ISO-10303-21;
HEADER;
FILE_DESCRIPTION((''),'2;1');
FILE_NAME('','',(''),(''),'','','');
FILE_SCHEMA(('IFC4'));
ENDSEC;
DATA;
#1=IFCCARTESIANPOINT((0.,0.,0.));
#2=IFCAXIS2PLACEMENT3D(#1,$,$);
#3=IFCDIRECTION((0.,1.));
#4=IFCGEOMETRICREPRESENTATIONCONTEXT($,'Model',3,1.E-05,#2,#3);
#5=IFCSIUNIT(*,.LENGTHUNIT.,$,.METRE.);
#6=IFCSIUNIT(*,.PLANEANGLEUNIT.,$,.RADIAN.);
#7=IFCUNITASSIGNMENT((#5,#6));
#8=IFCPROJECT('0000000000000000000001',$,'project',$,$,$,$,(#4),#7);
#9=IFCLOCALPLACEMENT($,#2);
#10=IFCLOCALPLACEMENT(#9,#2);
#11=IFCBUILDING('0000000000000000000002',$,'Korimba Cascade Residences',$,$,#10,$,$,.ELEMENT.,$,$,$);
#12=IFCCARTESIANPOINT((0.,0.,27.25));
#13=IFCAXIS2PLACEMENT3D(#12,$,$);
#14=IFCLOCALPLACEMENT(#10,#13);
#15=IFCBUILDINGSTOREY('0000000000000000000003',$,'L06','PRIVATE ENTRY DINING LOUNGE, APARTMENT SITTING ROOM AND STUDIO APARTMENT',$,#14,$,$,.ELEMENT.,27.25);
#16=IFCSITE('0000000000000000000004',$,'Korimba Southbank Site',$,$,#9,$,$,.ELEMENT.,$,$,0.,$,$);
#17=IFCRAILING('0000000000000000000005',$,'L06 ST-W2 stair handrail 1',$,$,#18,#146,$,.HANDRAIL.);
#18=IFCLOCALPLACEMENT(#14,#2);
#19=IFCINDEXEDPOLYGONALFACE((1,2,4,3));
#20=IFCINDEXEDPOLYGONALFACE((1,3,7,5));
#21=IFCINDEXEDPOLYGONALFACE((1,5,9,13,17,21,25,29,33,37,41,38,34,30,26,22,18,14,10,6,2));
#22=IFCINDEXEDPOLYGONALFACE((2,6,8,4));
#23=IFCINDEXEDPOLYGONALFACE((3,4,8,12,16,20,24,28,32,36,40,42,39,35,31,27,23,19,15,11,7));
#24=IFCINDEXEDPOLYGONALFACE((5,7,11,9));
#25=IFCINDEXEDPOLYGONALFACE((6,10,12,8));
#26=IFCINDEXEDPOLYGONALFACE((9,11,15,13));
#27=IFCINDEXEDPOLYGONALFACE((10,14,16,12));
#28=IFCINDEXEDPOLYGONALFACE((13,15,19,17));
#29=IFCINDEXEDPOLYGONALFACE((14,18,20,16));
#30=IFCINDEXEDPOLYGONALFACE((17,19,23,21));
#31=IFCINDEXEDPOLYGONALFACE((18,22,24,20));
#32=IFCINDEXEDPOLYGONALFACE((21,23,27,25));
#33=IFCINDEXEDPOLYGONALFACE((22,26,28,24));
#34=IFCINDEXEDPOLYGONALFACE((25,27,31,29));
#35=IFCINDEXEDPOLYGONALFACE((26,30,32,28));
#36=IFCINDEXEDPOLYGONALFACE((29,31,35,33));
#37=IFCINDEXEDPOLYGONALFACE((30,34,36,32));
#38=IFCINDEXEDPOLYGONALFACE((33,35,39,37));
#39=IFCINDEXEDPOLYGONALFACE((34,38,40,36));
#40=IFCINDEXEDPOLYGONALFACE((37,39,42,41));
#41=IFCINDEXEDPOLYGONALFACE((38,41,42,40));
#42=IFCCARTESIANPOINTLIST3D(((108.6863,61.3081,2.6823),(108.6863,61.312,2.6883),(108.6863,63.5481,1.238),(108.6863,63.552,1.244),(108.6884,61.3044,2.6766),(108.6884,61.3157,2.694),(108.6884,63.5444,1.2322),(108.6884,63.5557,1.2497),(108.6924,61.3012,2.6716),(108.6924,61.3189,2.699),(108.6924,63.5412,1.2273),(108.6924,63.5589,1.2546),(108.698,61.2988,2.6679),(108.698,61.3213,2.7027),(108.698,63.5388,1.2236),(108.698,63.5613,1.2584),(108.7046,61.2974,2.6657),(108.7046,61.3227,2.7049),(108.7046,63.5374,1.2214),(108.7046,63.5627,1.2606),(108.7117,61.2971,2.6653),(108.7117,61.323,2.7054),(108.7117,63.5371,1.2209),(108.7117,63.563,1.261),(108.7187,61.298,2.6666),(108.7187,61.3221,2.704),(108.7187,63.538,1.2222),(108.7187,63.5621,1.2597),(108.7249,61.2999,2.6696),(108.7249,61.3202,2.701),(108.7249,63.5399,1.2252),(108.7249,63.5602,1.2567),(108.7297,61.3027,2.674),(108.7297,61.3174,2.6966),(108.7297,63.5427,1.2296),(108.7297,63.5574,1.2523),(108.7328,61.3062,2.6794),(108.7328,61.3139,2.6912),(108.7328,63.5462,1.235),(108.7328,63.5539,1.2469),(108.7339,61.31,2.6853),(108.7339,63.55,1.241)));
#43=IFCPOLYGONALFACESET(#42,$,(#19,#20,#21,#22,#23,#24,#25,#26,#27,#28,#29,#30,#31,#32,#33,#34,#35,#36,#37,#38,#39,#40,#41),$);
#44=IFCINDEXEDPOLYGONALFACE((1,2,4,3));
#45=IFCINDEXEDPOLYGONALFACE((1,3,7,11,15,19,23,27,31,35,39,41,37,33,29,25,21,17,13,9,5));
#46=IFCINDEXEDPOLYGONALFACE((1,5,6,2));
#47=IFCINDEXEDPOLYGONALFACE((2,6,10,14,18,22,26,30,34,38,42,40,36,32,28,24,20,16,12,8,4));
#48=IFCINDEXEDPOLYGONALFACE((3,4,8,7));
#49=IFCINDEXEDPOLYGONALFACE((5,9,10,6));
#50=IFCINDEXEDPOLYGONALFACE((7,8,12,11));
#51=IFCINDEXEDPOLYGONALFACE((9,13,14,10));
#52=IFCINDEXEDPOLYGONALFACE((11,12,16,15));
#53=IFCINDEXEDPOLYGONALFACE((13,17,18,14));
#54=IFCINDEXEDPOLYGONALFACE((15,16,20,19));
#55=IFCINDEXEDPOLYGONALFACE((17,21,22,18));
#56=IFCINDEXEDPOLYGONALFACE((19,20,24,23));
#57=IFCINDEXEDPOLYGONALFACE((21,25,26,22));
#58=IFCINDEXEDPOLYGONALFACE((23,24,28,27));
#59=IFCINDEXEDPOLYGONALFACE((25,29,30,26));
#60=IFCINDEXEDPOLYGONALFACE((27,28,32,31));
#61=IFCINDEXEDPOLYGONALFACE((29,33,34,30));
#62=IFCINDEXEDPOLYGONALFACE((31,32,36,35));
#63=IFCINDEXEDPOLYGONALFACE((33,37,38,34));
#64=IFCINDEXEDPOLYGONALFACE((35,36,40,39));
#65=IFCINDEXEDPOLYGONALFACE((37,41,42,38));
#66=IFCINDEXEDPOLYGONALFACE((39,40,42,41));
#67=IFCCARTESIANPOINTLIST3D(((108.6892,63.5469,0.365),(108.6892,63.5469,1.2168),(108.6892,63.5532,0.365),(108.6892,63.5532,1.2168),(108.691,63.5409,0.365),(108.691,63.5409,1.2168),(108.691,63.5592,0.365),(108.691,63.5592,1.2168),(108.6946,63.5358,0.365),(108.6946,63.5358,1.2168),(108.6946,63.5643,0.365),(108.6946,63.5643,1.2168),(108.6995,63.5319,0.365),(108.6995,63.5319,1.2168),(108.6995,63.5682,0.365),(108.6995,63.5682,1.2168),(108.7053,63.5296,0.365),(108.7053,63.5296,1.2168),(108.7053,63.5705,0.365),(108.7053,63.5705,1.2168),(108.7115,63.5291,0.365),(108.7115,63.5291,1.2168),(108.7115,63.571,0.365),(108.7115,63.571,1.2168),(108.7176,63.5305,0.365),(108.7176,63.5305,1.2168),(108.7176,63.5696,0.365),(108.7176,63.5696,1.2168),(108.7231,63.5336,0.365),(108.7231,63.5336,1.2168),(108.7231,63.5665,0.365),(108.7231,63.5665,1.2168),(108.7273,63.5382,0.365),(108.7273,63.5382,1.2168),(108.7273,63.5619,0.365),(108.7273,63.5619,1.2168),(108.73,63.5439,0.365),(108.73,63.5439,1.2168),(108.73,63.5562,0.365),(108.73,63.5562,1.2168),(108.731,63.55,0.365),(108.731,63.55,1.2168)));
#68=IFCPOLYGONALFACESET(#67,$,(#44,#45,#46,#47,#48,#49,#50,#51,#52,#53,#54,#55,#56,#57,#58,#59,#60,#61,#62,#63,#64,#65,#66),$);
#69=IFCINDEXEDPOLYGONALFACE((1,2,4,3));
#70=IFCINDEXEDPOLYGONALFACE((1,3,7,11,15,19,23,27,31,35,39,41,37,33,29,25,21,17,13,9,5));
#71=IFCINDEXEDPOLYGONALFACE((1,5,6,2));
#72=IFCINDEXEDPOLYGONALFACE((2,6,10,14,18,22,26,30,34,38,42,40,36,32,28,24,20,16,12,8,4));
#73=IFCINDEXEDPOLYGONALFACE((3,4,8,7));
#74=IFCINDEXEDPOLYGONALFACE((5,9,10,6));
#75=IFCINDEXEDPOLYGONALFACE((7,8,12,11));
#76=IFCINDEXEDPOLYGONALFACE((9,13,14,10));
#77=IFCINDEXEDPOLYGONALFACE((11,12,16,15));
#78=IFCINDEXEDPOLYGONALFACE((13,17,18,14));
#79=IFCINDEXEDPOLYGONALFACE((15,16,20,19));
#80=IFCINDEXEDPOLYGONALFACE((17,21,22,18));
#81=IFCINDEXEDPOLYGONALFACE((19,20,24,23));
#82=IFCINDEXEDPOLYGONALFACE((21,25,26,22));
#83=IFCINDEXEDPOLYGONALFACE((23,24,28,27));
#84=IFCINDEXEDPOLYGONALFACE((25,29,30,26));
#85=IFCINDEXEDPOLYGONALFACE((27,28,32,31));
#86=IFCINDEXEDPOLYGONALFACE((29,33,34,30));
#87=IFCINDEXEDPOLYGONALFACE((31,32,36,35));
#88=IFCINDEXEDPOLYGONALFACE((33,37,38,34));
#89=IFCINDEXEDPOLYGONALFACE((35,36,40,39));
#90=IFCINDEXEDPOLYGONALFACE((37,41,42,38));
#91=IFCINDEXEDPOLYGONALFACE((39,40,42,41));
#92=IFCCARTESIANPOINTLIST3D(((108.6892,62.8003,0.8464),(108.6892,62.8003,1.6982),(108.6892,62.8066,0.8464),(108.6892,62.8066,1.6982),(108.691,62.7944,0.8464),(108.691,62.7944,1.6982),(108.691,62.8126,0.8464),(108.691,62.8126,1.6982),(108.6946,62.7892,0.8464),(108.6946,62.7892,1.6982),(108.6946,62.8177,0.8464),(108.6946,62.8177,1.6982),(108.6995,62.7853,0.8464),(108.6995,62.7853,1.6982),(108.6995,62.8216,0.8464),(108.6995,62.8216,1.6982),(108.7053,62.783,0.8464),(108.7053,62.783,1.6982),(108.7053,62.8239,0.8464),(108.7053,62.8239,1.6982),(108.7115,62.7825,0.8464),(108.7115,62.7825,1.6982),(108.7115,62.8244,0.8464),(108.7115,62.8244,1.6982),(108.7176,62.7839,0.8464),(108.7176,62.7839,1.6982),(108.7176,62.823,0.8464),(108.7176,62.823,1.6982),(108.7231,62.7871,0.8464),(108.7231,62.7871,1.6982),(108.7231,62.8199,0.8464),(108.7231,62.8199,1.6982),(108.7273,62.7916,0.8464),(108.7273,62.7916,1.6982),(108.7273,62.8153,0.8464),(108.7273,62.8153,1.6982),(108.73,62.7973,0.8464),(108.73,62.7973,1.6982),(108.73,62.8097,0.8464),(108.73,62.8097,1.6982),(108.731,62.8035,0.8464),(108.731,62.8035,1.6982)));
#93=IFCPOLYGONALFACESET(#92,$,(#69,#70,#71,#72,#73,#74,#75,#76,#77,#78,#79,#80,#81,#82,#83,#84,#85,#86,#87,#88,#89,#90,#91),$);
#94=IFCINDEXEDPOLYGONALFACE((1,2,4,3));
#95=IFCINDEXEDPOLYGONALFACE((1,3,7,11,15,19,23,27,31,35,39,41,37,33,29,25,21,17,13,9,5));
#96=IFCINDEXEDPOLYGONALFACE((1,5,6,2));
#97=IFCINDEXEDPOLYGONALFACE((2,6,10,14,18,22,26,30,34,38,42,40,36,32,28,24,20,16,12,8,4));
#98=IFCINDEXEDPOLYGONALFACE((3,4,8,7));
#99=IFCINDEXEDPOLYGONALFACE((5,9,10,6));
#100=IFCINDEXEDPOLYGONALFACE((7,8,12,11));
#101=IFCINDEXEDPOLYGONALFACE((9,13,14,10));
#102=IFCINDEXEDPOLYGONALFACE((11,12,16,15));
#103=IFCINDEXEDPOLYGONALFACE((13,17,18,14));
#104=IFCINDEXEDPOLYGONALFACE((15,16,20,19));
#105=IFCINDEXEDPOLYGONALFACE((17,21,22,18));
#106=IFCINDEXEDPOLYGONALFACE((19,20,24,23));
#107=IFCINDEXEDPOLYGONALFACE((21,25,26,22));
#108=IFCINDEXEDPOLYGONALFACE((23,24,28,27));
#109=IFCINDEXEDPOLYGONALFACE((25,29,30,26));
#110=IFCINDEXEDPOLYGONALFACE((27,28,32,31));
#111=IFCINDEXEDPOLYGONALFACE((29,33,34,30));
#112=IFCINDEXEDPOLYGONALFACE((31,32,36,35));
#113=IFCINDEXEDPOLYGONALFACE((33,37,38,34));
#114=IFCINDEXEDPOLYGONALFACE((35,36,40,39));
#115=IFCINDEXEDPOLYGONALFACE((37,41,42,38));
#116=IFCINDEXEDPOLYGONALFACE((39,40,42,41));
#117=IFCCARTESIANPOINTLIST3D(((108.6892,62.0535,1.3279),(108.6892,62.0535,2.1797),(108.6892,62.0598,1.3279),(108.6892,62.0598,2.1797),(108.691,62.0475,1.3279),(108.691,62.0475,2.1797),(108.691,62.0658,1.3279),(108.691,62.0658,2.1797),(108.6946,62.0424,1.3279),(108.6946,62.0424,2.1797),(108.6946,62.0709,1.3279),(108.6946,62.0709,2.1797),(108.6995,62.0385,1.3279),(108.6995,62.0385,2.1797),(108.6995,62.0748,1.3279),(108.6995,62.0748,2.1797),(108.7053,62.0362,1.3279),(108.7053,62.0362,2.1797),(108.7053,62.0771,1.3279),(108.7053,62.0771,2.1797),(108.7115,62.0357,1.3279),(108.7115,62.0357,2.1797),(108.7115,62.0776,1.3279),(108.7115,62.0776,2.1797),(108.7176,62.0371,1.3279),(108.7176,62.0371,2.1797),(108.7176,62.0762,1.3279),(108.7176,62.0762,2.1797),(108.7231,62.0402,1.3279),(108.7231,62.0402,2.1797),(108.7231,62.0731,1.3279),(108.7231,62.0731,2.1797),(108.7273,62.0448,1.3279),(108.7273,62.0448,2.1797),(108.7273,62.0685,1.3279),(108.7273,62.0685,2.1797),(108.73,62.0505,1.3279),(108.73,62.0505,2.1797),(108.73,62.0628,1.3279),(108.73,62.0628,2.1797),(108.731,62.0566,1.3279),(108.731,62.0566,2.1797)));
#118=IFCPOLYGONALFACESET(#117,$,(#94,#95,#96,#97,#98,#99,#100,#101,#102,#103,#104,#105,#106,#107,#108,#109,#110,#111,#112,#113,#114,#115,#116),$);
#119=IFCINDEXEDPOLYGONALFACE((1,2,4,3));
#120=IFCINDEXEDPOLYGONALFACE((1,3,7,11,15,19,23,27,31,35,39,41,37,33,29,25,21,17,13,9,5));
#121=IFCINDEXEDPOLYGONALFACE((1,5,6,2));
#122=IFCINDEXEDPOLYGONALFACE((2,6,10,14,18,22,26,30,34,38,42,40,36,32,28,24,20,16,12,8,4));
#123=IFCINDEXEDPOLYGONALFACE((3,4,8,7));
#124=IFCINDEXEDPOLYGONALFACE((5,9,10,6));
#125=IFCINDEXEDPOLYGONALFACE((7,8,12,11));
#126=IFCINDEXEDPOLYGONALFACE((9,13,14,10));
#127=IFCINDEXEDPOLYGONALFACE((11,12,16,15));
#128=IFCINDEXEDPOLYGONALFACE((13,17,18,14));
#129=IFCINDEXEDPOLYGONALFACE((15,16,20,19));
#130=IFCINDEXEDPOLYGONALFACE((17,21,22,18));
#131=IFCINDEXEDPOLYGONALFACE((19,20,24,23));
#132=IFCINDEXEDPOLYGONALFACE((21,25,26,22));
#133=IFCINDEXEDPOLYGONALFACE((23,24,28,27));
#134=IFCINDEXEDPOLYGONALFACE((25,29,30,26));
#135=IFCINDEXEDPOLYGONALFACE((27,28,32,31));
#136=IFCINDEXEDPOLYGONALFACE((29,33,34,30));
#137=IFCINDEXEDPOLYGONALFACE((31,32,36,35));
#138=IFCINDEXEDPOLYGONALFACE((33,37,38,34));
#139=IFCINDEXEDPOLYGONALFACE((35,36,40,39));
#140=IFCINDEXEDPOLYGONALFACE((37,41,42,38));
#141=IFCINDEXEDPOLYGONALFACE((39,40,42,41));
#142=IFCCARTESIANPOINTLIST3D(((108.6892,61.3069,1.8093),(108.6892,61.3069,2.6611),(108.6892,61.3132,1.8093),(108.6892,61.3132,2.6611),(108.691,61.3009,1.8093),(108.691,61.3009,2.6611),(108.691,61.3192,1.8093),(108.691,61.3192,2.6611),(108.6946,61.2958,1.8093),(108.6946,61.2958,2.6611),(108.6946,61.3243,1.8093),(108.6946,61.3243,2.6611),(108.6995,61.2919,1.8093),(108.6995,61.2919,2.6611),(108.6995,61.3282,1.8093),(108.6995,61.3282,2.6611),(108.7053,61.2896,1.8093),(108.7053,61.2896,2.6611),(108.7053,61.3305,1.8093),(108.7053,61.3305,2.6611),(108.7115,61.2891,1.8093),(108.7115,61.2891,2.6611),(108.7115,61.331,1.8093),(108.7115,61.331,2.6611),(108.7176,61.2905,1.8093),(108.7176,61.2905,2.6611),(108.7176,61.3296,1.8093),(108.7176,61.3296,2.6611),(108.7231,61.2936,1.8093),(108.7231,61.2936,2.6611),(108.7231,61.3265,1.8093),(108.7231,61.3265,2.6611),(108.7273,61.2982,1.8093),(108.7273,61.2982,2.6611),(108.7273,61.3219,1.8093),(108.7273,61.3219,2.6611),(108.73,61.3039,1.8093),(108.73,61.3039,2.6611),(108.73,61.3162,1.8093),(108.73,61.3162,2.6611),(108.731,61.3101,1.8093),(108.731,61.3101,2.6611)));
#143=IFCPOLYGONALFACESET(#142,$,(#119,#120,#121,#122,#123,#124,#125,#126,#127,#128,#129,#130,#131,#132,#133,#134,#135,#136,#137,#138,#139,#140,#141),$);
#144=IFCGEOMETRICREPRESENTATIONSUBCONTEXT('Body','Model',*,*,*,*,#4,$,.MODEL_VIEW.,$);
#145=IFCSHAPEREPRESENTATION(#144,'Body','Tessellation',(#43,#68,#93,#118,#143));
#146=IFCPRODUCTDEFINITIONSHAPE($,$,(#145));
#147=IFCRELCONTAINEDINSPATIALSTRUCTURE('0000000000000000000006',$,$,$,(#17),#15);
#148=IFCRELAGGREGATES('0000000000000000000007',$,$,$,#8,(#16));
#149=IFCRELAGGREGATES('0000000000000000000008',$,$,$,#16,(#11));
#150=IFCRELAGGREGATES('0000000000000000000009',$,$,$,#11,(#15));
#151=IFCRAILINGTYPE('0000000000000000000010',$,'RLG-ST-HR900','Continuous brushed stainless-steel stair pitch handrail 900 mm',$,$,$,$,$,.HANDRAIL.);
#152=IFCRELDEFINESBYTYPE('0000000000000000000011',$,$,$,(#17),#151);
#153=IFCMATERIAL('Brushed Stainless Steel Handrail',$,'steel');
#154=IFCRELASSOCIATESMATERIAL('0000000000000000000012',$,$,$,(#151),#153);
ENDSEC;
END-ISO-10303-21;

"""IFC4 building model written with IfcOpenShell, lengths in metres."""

from ifc_helpers import new_model, si_unit, direction, frame, origin, origin_2d, place, context, subcontext, project, spatial, circle, extrude, material, type_object, element, save


model = new_model("IFC4")

# Units and contexts
model_context = context("Model", 3, precision=1e-05, world=origin(), true_north=direction((0.0, 1.0)))
body_context = subcontext(model_context, "Body", "Model", "MODEL_VIEW")
ifc_project = project(units=[si_unit("LENGTHUNIT", "METRE"), si_unit("PLANEANGLEUNIT", "RADIAN")], contexts=[model_context])

# Site, building, storey
site_placement = place(None, origin())
site = spatial("IfcSite", under=ifc_project, at=site_placement, Name="Korimba Southbank Site", CompositionType="ELEMENT", RefElevation=0.0)
building_placement = place(site_placement, origin())
building = spatial("IfcBuilding", under=site, at=building_placement, Name="Korimba Cascade Residences", CompositionType="ELEMENT")
storey_placement = place(building_placement, frame((0.0, 0.0, 27.25)))
storey = spatial("IfcBuildingStorey", under=building, at=storey_placement, Name="L06", Description="PRIVATE ENTRY DINING LOUNGE, APARTMENT SITTING ROOM AND STUDIO APARTMENT", CompositionType="ELEMENT", Elevation=27.25)

# Railing
ifc_material_1 = material(Name="Brushed Stainless Steel Handrail", Category="steel")
railing_type_1 = type_object("IfcRailingType", Name="RLG-ST-HR900", Description="Continuous brushed stainless-steel stair pitch handrail 900 mm", PredefinedType="HANDRAIL", material=ifc_material_1)
railing_1_placement = place(storey_placement, frame((108.71, 63.55, 0.365)))
element("IfcRailing", 1, at=railing_1_placement, inside=storey, type_object=railing_type_1, Name="L06 ST-W2 stair handrail 1", PredefinedType="HANDRAIL", context=body_context, shape_type="SweptSolid", body=[
    extrude(circle(Radius=0.0239, at=origin_2d()), frame((0.0, 0.0, 0.876), z_axis=(0.0, -0.840437, 0.54191), x_axis=(1.0, 0.0, 0.0)), (0.0, 0.0, 1.0), 2.6653),
    extrude(circle(Radius=0.021, at=origin_2d()), origin(), (0.0, 0.0, 1.0), 0.8518),
    extrude(circle(Radius=0.021, at=origin_2d()), frame((0.0, -0.7466, 0.4814)), (0.0, 0.0, 1.0), 0.8518),
    extrude(circle(Radius=0.021, at=origin_2d()), frame((0.0, -1.4934, 0.9629)), (0.0, 0.0, 1.0), 0.8518),
    extrude(circle(Radius=0.021, at=origin_2d()), frame((0.0, -2.24, 1.4443)), (0.0, 0.0, 1.0), 0.8518),
])

save(model, "model.ifc")
